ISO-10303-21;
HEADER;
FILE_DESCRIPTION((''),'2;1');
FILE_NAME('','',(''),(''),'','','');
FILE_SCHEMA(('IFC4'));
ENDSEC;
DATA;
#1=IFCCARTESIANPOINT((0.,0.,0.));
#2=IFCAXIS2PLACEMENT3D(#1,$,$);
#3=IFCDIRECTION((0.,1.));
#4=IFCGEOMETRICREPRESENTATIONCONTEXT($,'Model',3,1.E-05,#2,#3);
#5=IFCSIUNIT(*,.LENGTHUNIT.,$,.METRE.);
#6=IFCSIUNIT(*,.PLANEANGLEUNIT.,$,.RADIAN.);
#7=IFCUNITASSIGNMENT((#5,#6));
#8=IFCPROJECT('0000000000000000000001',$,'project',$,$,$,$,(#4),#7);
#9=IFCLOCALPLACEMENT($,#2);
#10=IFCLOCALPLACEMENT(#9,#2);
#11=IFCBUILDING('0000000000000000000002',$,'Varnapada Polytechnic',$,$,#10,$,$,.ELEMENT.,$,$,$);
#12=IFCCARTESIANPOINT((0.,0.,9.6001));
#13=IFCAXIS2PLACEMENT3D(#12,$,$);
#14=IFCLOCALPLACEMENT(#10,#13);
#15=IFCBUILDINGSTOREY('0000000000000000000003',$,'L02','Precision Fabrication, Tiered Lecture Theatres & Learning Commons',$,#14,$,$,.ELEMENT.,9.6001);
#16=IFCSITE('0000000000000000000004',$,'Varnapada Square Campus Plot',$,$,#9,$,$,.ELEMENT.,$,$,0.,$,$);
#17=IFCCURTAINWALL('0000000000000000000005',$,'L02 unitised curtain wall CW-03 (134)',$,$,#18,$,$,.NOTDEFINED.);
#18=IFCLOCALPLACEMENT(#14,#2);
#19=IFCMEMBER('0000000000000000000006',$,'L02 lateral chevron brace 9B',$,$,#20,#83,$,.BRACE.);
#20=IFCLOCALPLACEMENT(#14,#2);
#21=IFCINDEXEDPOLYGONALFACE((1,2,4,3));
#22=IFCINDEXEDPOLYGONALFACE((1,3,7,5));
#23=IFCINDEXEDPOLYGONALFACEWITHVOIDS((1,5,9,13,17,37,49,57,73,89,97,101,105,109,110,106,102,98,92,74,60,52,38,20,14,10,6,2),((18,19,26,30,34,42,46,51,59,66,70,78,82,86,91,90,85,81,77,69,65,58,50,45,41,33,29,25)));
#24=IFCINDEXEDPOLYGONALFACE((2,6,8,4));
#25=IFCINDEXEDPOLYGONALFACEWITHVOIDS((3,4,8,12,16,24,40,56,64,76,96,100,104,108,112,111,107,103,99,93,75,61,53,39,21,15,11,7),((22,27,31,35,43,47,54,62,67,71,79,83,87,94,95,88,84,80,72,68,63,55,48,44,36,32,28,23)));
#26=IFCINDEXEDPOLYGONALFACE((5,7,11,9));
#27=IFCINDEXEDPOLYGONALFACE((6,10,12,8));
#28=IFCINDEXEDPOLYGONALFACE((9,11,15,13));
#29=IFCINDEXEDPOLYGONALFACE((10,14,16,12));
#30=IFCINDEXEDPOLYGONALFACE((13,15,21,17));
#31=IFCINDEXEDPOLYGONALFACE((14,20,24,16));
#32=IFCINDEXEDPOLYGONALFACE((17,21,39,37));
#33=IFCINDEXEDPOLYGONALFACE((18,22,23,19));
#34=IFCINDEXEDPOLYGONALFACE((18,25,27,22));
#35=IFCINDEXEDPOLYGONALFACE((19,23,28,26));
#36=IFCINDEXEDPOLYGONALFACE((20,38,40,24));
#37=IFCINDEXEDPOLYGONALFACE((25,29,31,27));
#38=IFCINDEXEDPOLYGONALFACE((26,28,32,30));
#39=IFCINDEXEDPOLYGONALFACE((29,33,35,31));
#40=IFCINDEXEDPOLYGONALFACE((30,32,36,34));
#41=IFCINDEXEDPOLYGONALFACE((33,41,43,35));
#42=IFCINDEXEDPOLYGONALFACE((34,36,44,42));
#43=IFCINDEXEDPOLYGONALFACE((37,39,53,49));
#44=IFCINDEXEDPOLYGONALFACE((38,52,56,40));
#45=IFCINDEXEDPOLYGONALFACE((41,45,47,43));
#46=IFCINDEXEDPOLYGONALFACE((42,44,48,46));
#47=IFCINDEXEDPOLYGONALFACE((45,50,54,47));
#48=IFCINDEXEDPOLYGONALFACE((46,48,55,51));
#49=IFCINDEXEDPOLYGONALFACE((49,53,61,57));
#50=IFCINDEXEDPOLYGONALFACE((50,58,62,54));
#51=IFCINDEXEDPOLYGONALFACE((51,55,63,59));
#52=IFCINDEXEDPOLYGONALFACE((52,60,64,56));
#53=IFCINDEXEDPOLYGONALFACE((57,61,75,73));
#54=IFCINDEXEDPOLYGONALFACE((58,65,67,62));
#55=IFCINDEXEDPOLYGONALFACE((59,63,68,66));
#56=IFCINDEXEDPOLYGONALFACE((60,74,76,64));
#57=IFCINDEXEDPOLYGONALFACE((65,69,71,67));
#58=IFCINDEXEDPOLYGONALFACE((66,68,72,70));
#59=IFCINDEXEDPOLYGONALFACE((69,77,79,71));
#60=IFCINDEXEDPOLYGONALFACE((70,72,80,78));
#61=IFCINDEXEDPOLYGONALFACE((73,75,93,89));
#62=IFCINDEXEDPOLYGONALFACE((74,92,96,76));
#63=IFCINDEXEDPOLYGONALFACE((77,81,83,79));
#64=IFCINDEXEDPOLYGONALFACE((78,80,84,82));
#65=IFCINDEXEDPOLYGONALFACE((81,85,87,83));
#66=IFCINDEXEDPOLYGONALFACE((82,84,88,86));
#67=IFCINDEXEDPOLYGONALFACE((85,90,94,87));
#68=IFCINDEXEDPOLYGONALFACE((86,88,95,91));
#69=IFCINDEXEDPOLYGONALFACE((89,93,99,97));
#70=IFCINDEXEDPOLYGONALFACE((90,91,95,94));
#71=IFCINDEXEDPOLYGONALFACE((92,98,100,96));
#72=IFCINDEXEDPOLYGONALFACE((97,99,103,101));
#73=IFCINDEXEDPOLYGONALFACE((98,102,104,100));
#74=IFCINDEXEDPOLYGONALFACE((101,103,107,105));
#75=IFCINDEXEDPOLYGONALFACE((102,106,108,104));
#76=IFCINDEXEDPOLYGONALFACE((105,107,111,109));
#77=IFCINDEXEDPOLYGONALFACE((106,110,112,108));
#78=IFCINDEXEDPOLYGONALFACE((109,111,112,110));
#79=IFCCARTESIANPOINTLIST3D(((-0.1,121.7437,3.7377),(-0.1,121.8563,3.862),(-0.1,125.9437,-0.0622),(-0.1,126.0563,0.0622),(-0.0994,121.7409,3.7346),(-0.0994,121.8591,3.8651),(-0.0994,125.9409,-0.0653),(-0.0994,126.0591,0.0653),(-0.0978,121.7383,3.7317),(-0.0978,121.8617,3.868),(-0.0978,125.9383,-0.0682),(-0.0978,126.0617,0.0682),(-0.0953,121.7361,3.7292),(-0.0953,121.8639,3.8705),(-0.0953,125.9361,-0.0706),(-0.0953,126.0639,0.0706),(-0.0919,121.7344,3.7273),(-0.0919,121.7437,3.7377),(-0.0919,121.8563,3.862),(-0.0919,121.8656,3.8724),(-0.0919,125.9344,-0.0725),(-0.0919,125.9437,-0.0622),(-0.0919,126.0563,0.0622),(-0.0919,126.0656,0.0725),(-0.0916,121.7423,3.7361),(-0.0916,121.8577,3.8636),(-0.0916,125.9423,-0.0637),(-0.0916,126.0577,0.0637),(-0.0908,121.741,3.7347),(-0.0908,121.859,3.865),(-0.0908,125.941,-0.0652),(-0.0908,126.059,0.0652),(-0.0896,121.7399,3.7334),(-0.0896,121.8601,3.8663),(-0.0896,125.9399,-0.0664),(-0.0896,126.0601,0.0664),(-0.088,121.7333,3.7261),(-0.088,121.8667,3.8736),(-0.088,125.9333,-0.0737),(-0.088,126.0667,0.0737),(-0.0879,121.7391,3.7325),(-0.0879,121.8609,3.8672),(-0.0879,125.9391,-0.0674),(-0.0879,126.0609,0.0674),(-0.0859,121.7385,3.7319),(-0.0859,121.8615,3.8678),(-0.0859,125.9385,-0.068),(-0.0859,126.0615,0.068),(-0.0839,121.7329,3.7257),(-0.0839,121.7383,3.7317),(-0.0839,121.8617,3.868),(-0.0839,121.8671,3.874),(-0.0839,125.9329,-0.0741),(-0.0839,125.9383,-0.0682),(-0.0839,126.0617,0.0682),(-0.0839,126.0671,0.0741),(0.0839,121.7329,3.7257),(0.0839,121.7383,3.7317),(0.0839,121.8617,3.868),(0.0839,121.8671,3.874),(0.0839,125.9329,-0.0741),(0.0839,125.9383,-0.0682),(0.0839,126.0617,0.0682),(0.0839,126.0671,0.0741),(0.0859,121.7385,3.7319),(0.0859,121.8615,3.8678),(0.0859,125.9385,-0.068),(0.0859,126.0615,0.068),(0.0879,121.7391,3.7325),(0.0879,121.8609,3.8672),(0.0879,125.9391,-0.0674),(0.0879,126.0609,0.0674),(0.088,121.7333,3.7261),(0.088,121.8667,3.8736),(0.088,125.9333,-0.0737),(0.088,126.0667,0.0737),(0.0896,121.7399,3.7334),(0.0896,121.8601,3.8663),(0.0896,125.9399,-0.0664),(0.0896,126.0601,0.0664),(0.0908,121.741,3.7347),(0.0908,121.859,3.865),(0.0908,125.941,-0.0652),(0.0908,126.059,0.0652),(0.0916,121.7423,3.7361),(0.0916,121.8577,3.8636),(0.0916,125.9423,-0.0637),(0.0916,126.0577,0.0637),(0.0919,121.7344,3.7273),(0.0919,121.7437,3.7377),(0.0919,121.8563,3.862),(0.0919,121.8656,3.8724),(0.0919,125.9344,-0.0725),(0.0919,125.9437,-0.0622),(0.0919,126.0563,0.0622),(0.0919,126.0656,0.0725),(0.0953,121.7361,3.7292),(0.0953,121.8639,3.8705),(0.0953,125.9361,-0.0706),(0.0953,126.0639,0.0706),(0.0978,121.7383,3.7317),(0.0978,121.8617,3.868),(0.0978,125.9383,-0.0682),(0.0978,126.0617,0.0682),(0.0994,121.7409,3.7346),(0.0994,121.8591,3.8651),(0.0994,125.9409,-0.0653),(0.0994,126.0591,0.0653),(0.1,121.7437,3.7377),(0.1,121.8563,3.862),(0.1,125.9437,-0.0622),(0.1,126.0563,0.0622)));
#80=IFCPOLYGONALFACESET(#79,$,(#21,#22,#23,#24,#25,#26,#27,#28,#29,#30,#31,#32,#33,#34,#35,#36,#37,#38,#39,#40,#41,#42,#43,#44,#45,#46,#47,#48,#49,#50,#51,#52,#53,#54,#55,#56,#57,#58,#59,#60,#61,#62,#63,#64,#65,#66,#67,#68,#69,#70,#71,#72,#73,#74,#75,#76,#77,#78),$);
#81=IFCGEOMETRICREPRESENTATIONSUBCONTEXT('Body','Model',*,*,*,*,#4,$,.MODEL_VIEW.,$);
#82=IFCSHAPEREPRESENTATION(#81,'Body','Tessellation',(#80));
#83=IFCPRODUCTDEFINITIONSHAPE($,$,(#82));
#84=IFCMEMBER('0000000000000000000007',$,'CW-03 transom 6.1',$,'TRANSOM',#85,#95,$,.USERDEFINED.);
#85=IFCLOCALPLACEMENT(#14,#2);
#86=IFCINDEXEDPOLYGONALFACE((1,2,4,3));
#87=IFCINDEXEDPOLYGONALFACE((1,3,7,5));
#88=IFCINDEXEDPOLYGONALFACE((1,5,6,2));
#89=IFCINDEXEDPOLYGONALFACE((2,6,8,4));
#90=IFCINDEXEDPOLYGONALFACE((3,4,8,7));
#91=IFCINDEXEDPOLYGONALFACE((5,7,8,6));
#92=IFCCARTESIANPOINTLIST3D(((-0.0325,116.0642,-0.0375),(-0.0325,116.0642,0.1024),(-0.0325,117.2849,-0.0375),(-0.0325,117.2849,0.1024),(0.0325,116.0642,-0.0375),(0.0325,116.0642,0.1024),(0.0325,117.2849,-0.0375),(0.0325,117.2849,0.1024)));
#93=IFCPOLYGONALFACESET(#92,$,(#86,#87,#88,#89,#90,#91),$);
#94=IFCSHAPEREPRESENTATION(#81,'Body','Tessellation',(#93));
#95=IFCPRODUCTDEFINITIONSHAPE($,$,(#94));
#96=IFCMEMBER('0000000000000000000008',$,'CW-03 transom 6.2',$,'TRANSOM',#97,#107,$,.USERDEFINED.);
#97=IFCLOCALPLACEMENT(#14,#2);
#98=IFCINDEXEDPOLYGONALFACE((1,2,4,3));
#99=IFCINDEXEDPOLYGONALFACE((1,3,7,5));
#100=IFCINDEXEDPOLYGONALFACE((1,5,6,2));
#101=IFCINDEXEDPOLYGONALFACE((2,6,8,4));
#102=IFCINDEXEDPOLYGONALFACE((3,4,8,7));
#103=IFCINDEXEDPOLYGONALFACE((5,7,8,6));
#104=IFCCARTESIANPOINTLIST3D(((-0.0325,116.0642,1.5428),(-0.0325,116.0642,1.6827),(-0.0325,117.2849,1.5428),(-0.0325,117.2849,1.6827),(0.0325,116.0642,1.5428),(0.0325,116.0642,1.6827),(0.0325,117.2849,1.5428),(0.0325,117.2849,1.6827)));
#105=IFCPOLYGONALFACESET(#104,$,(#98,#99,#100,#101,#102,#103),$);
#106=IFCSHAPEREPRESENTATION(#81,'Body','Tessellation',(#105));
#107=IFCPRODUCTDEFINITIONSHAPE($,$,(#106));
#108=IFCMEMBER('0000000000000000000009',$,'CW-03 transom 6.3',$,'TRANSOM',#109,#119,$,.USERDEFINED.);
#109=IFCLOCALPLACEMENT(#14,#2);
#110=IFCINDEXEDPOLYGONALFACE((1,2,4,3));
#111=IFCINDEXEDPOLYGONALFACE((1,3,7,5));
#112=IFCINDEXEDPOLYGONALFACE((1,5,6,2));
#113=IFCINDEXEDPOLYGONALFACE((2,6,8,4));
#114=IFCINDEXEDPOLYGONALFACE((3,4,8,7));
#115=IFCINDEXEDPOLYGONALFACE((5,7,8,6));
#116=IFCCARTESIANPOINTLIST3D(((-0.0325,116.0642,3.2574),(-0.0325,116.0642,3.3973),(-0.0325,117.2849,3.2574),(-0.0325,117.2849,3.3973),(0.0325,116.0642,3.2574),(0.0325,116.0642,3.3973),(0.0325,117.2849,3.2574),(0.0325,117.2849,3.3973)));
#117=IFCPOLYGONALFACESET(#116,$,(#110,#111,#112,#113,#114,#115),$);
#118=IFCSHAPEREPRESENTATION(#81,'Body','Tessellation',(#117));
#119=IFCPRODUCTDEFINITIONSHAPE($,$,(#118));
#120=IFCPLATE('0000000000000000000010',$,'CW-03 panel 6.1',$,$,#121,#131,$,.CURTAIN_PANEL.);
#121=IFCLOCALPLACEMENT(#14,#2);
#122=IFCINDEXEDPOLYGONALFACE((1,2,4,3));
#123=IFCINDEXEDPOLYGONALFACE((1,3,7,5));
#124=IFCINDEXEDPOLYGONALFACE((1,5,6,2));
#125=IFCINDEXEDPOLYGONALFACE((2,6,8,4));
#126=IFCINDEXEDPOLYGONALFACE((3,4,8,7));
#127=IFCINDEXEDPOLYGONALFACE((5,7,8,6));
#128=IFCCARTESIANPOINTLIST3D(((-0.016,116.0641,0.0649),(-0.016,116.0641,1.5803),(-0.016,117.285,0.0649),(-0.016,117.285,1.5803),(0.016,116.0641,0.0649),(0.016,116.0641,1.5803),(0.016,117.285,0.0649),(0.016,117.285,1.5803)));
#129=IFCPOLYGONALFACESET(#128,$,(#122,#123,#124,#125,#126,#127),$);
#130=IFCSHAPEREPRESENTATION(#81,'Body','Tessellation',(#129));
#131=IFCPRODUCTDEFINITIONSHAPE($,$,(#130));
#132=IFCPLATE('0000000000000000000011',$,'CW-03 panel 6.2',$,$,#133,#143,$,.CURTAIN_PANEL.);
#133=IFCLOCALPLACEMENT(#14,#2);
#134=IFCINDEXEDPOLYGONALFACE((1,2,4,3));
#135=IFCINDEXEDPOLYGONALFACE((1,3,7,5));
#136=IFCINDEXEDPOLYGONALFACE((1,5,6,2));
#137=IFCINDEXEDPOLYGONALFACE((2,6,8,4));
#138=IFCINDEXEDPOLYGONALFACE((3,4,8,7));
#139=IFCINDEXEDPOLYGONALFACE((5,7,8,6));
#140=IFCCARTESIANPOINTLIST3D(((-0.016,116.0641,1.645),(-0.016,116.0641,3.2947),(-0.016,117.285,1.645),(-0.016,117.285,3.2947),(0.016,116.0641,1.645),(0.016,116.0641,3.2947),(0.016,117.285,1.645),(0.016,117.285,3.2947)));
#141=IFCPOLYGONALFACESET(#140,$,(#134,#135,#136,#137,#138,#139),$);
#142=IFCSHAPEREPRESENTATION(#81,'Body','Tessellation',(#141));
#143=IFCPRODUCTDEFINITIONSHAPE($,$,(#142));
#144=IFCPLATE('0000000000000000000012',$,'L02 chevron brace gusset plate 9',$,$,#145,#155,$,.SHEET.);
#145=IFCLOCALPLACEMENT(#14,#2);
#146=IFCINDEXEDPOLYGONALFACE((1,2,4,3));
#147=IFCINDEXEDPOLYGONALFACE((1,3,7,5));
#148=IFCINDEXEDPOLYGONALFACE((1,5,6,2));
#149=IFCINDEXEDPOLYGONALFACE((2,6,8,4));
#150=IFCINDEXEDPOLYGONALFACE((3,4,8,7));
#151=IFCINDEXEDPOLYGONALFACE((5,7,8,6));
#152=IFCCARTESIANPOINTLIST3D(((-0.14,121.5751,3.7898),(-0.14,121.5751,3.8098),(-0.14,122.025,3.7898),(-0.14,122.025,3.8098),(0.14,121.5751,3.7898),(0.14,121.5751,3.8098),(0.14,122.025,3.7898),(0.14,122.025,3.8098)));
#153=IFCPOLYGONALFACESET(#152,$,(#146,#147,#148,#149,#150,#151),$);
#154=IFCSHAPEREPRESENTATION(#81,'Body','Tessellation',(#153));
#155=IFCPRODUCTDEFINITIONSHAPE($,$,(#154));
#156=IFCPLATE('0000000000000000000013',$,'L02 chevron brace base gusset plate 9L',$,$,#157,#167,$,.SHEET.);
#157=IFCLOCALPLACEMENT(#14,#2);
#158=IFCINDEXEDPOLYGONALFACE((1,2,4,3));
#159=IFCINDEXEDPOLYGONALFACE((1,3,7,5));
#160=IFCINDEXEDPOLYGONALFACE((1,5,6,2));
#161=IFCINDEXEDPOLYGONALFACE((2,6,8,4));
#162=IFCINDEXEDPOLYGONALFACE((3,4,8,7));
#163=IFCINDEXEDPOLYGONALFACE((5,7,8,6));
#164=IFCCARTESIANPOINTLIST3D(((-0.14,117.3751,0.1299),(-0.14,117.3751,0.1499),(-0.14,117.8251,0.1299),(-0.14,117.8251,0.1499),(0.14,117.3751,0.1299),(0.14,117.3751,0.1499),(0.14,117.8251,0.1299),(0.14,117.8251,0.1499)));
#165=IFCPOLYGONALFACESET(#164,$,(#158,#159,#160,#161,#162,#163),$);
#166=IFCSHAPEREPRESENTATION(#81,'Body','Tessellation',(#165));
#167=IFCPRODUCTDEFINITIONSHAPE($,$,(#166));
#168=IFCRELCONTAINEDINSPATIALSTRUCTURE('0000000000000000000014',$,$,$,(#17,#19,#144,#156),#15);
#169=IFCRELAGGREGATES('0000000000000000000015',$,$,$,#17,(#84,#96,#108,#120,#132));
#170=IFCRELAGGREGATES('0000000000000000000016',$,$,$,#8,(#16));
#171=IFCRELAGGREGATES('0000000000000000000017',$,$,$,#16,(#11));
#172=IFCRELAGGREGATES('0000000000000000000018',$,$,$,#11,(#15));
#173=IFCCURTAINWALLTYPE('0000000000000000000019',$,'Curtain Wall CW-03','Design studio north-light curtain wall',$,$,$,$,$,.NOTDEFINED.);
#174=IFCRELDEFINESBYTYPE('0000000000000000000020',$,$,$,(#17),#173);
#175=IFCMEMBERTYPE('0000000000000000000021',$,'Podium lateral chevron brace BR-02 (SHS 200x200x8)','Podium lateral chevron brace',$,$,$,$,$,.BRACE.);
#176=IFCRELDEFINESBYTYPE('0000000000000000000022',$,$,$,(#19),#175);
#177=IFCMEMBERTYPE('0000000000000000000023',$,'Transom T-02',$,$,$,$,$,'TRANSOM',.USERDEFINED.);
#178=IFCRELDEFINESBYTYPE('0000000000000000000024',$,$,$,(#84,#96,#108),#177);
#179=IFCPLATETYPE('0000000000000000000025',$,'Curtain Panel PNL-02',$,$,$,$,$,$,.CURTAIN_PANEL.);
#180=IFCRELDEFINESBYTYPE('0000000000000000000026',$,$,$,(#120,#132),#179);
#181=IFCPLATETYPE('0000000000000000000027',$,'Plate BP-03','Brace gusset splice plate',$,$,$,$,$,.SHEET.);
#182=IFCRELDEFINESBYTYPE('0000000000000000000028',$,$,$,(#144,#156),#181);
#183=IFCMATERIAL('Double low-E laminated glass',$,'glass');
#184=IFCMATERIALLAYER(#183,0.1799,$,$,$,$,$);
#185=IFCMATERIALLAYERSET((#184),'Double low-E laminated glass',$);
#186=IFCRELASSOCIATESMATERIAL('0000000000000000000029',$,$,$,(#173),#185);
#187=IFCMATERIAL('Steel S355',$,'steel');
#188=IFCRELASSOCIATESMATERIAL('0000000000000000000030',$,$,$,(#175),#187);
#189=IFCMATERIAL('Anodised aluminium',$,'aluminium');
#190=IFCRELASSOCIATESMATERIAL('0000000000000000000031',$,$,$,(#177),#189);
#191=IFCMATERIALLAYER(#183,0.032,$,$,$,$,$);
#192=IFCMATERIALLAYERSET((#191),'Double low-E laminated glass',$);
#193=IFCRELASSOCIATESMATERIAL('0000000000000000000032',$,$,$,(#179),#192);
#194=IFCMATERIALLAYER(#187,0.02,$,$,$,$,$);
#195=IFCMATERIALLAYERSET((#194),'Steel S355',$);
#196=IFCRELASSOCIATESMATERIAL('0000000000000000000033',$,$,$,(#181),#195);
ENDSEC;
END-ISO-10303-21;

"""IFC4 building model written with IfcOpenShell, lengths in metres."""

from ifc_helpers import new_model, si_unit, direction, frame, origin, origin_2d, place, context, subcontext, project, spatial, rectangle, hollow_rectangle, extrude, material, layer, layer_set, material_profile, profile_set, type_object, element, aggregate, save


model = new_model("IFC4")

# Units and contexts
model_context = context("Model", 3, precision=1e-05, world=origin(), true_north=direction((0.0, 1.0)))
body_context = subcontext(model_context, "Body", "Model", "MODEL_VIEW")
ifc_project = project(units=[si_unit("LENGTHUNIT", "METRE"), si_unit("PLANEANGLEUNIT", "RADIAN")], contexts=[model_context])

# Site, building, storey
site_placement = place(None, origin())
site = spatial("IfcSite", under=ifc_project, at=site_placement, Name="Varnapada Square Campus Plot", CompositionType="ELEMENT", RefElevation=0.0)
building_placement = place(site_placement, origin())
building = spatial("IfcBuilding", under=site, at=building_placement, Name="Varnapada Polytechnic", CompositionType="ELEMENT")
storey_placement = place(building_placement, frame((0.0, 0.0, 9.6001)))
storey = spatial("IfcBuildingStorey", under=building, at=storey_placement, Name="L02", Description="Precision Fabrication, Tiered Lecture Theatres & Learning Commons", CompositionType="ELEMENT", Elevation=9.6001)

# Curtain wall
ifc_material_1 = material(Name="Double low-E laminated glass", Category="glass")
ifc_layer_1 = layer(ifc_material_1, 0.1799)
ifc_layer_set_1 = layer_set([ifc_layer_1], Name="Double low-E laminated glass")
curtain_wall_type = type_object("IfcCurtainWallType", Name="Curtain Wall CW-03", Description="Design studio north-light curtain wall", PredefinedType="NOTDEFINED", material=ifc_layer_set_1)
curtain_wall_placement = place(storey_placement, origin())
curtain_wall = element("IfcCurtainWall", 1, at=curtain_wall_placement, inside=storey, type_object=curtain_wall_type, Name="L02 unitised curtain wall CW-03 (134)", PredefinedType="NOTDEFINED")
ifc_material_2 = material(Name="Anodised aluminium", Category="aluminium")

# Member
ifc_material_3 = material(Name="Steel S355", Category="steel")
ifc_material_profile_1 = material_profile(ifc_material_3, hollow_rectangle(XDim=0.2, YDim=0.2, WallThickness=0.0081, InnerFilletRadius=0.0081, OuterFilletRadius=0.0161, at=origin_2d()), Name="SHS 200x200x8")
ifc_profile_set_1 = profile_set([ifc_material_profile_1], Name="Steel S355")
member_type_1 = type_object("IfcMemberType", Name="Podium lateral chevron brace BR-02 (SHS 200x200x8)", Description="Podium lateral chevron brace", PredefinedType="BRACE", material=ifc_profile_set_1)
for number, where, z_axis, x_axis, name in (
    (2, (0.0, 126.0, 0.0), (0.0, -0.741549, 0.670899), (1.0, 0.0, 0.0), "L02 lateral chevron brace 9B"),
):
    element("IfcMember", number, at=place(storey_placement, frame(where, z_axis=z_axis, x_axis=x_axis)), inside=storey, type_object=member_type_1, Name=name, PredefinedType="BRACE", context=body_context, shape_type="SweptSolid", body=[
        extrude(hollow_rectangle(XDim=0.2, YDim=0.2, WallThickness=0.0081, InnerFilletRadius=0.0081, OuterFilletRadius=0.0161, at=origin_2d()), origin(), (0.0, 0.0, 1.0), 5.6638),
    ])

# Members
ifc_material_profile_2 = material_profile(ifc_material_2, rectangle(XDim=0.0649, YDim=0.1399, at=origin_2d()), Name="ALU T65x140")
ifc_profile_set_2 = profile_set([ifc_material_profile_2], Name="Anodised aluminium")
member_type_2 = type_object("IfcMemberType", Name="Transom T-02", ElementType="TRANSOM", PredefinedType="USERDEFINED", material=ifc_profile_set_2)
member_1_placement = place(storey_placement, frame((0.0, 116.0642, 0.0325), z_axis=(0.0, 1.0, 0.0), x_axis=(-1.0, 0.0, 0.0)))
member_1 = element("IfcMember", 3, at=member_1_placement, type_object=member_type_2, Name="CW-03 transom 6.1", ObjectType="TRANSOM", PredefinedType="USERDEFINED", context=body_context, shape_type="SweptSolid", body=[
    extrude(rectangle(XDim=0.0649, YDim=0.1399, at=origin_2d()), origin(), (0.0, 0.0, 1.0), 1.2207),
])
member_2_placement = place(storey_placement, frame((0.0, 116.0642, 1.6128), z_axis=(0.0, 1.0, 0.0), x_axis=(-1.0, 0.0, 0.0)))
member_2 = element("IfcMember", 4, at=member_2_placement, type_object=member_type_2, Name="CW-03 transom 6.2", ObjectType="TRANSOM", PredefinedType="USERDEFINED", context=body_context, shape_type="SweptSolid", body=[
    extrude(rectangle(XDim=0.0649, YDim=0.1399, at=origin_2d()), origin(), (0.0, 0.0, 1.0), 1.2207),
])
member_3_placement = place(storey_placement, frame((0.0, 116.0642, 3.3274), z_axis=(0.0, 1.0, 0.0), x_axis=(-1.0, 0.0, 0.0)))
member_3 = element("IfcMember", 5, at=member_3_placement, type_object=member_type_2, Name="CW-03 transom 6.3", ObjectType="TRANSOM", PredefinedType="USERDEFINED", context=body_context, shape_type="SweptSolid", body=[
    extrude(rectangle(XDim=0.0649, YDim=0.1399, at=origin_2d()), origin(), (0.0, 0.0, 1.0), 1.2207),
])

# Plates
ifc_layer_2 = layer(ifc_material_1, 0.032)
ifc_layer_set_2 = layer_set([ifc_layer_2], Name="Double low-E laminated glass")
plate_type_1 = type_object("IfcPlateType", Name="Curtain Panel PNL-02", PredefinedType="CURTAIN_PANEL", material=ifc_layer_set_2)
plate_1_placement = place(storey_placement, frame((0.0, 116.6746, 0.0649), z_axis=(0.0, 0.0, 1.0), x_axis=(0.0, 1.0, 0.0)))
plate_1 = element("IfcPlate", 6, at=plate_1_placement, type_object=plate_type_1, Name="CW-03 panel 6.1", PredefinedType="CURTAIN_PANEL", context=body_context, shape_type="SweptSolid", body=[
    extrude(rectangle(XDim=1.2209, YDim=0.032, at=origin_2d()), origin(), (0.0, 0.0, 1.0), 1.5154),
])
plate_2_placement = place(storey_placement, frame((0.0, 116.6746, 1.645), z_axis=(0.0, 0.0, 1.0), x_axis=(0.0, 1.0, 0.0)))
plate_2 = element("IfcPlate", 7, at=plate_2_placement, type_object=plate_type_1, Name="CW-03 panel 6.2", PredefinedType="CURTAIN_PANEL", context=body_context, shape_type="SweptSolid", body=[
    extrude(rectangle(XDim=1.2209, YDim=0.032, at=origin_2d()), origin(), (0.0, 0.0, 1.0), 1.6497),
])
aggregate(curtain_wall, [member_1, member_2, member_3, plate_1, plate_2])

# Plates
ifc_layer_3 = layer(ifc_material_3, 0.02)
ifc_layer_set_3 = layer_set([ifc_layer_3], Name="Steel S355")
plate_type_2 = type_object("IfcPlateType", Name="Plate BP-03", Description="Brace gusset splice plate", PredefinedType="SHEET", material=ifc_layer_set_3)
for number, where, z_axis, x_axis, name in (
    (8, (0.0, 121.8, 3.7898), (0.0, 0.0, 1.0), (0.0, 1.0, 0.0), "L02 chevron brace gusset plate 9"),
    (9, (0.0, 117.6001, 0.1299), (0.0, 0.0, 1.0), (0.0, 1.0, 0.0), "L02 chevron brace base gusset plate 9L"),
):
    element("IfcPlate", number, at=place(storey_placement, frame(where, z_axis=z_axis, x_axis=x_axis)), inside=storey, type_object=plate_type_2, Name=name, PredefinedType="SHEET", context=body_context, shape_type="SweptSolid", body=[
        extrude(rectangle(XDim=0.45, YDim=0.28, at=origin_2d()), origin(), (0.0, 0.0, 1.0), 0.02),
    ])

save(model, "model.ifc")
